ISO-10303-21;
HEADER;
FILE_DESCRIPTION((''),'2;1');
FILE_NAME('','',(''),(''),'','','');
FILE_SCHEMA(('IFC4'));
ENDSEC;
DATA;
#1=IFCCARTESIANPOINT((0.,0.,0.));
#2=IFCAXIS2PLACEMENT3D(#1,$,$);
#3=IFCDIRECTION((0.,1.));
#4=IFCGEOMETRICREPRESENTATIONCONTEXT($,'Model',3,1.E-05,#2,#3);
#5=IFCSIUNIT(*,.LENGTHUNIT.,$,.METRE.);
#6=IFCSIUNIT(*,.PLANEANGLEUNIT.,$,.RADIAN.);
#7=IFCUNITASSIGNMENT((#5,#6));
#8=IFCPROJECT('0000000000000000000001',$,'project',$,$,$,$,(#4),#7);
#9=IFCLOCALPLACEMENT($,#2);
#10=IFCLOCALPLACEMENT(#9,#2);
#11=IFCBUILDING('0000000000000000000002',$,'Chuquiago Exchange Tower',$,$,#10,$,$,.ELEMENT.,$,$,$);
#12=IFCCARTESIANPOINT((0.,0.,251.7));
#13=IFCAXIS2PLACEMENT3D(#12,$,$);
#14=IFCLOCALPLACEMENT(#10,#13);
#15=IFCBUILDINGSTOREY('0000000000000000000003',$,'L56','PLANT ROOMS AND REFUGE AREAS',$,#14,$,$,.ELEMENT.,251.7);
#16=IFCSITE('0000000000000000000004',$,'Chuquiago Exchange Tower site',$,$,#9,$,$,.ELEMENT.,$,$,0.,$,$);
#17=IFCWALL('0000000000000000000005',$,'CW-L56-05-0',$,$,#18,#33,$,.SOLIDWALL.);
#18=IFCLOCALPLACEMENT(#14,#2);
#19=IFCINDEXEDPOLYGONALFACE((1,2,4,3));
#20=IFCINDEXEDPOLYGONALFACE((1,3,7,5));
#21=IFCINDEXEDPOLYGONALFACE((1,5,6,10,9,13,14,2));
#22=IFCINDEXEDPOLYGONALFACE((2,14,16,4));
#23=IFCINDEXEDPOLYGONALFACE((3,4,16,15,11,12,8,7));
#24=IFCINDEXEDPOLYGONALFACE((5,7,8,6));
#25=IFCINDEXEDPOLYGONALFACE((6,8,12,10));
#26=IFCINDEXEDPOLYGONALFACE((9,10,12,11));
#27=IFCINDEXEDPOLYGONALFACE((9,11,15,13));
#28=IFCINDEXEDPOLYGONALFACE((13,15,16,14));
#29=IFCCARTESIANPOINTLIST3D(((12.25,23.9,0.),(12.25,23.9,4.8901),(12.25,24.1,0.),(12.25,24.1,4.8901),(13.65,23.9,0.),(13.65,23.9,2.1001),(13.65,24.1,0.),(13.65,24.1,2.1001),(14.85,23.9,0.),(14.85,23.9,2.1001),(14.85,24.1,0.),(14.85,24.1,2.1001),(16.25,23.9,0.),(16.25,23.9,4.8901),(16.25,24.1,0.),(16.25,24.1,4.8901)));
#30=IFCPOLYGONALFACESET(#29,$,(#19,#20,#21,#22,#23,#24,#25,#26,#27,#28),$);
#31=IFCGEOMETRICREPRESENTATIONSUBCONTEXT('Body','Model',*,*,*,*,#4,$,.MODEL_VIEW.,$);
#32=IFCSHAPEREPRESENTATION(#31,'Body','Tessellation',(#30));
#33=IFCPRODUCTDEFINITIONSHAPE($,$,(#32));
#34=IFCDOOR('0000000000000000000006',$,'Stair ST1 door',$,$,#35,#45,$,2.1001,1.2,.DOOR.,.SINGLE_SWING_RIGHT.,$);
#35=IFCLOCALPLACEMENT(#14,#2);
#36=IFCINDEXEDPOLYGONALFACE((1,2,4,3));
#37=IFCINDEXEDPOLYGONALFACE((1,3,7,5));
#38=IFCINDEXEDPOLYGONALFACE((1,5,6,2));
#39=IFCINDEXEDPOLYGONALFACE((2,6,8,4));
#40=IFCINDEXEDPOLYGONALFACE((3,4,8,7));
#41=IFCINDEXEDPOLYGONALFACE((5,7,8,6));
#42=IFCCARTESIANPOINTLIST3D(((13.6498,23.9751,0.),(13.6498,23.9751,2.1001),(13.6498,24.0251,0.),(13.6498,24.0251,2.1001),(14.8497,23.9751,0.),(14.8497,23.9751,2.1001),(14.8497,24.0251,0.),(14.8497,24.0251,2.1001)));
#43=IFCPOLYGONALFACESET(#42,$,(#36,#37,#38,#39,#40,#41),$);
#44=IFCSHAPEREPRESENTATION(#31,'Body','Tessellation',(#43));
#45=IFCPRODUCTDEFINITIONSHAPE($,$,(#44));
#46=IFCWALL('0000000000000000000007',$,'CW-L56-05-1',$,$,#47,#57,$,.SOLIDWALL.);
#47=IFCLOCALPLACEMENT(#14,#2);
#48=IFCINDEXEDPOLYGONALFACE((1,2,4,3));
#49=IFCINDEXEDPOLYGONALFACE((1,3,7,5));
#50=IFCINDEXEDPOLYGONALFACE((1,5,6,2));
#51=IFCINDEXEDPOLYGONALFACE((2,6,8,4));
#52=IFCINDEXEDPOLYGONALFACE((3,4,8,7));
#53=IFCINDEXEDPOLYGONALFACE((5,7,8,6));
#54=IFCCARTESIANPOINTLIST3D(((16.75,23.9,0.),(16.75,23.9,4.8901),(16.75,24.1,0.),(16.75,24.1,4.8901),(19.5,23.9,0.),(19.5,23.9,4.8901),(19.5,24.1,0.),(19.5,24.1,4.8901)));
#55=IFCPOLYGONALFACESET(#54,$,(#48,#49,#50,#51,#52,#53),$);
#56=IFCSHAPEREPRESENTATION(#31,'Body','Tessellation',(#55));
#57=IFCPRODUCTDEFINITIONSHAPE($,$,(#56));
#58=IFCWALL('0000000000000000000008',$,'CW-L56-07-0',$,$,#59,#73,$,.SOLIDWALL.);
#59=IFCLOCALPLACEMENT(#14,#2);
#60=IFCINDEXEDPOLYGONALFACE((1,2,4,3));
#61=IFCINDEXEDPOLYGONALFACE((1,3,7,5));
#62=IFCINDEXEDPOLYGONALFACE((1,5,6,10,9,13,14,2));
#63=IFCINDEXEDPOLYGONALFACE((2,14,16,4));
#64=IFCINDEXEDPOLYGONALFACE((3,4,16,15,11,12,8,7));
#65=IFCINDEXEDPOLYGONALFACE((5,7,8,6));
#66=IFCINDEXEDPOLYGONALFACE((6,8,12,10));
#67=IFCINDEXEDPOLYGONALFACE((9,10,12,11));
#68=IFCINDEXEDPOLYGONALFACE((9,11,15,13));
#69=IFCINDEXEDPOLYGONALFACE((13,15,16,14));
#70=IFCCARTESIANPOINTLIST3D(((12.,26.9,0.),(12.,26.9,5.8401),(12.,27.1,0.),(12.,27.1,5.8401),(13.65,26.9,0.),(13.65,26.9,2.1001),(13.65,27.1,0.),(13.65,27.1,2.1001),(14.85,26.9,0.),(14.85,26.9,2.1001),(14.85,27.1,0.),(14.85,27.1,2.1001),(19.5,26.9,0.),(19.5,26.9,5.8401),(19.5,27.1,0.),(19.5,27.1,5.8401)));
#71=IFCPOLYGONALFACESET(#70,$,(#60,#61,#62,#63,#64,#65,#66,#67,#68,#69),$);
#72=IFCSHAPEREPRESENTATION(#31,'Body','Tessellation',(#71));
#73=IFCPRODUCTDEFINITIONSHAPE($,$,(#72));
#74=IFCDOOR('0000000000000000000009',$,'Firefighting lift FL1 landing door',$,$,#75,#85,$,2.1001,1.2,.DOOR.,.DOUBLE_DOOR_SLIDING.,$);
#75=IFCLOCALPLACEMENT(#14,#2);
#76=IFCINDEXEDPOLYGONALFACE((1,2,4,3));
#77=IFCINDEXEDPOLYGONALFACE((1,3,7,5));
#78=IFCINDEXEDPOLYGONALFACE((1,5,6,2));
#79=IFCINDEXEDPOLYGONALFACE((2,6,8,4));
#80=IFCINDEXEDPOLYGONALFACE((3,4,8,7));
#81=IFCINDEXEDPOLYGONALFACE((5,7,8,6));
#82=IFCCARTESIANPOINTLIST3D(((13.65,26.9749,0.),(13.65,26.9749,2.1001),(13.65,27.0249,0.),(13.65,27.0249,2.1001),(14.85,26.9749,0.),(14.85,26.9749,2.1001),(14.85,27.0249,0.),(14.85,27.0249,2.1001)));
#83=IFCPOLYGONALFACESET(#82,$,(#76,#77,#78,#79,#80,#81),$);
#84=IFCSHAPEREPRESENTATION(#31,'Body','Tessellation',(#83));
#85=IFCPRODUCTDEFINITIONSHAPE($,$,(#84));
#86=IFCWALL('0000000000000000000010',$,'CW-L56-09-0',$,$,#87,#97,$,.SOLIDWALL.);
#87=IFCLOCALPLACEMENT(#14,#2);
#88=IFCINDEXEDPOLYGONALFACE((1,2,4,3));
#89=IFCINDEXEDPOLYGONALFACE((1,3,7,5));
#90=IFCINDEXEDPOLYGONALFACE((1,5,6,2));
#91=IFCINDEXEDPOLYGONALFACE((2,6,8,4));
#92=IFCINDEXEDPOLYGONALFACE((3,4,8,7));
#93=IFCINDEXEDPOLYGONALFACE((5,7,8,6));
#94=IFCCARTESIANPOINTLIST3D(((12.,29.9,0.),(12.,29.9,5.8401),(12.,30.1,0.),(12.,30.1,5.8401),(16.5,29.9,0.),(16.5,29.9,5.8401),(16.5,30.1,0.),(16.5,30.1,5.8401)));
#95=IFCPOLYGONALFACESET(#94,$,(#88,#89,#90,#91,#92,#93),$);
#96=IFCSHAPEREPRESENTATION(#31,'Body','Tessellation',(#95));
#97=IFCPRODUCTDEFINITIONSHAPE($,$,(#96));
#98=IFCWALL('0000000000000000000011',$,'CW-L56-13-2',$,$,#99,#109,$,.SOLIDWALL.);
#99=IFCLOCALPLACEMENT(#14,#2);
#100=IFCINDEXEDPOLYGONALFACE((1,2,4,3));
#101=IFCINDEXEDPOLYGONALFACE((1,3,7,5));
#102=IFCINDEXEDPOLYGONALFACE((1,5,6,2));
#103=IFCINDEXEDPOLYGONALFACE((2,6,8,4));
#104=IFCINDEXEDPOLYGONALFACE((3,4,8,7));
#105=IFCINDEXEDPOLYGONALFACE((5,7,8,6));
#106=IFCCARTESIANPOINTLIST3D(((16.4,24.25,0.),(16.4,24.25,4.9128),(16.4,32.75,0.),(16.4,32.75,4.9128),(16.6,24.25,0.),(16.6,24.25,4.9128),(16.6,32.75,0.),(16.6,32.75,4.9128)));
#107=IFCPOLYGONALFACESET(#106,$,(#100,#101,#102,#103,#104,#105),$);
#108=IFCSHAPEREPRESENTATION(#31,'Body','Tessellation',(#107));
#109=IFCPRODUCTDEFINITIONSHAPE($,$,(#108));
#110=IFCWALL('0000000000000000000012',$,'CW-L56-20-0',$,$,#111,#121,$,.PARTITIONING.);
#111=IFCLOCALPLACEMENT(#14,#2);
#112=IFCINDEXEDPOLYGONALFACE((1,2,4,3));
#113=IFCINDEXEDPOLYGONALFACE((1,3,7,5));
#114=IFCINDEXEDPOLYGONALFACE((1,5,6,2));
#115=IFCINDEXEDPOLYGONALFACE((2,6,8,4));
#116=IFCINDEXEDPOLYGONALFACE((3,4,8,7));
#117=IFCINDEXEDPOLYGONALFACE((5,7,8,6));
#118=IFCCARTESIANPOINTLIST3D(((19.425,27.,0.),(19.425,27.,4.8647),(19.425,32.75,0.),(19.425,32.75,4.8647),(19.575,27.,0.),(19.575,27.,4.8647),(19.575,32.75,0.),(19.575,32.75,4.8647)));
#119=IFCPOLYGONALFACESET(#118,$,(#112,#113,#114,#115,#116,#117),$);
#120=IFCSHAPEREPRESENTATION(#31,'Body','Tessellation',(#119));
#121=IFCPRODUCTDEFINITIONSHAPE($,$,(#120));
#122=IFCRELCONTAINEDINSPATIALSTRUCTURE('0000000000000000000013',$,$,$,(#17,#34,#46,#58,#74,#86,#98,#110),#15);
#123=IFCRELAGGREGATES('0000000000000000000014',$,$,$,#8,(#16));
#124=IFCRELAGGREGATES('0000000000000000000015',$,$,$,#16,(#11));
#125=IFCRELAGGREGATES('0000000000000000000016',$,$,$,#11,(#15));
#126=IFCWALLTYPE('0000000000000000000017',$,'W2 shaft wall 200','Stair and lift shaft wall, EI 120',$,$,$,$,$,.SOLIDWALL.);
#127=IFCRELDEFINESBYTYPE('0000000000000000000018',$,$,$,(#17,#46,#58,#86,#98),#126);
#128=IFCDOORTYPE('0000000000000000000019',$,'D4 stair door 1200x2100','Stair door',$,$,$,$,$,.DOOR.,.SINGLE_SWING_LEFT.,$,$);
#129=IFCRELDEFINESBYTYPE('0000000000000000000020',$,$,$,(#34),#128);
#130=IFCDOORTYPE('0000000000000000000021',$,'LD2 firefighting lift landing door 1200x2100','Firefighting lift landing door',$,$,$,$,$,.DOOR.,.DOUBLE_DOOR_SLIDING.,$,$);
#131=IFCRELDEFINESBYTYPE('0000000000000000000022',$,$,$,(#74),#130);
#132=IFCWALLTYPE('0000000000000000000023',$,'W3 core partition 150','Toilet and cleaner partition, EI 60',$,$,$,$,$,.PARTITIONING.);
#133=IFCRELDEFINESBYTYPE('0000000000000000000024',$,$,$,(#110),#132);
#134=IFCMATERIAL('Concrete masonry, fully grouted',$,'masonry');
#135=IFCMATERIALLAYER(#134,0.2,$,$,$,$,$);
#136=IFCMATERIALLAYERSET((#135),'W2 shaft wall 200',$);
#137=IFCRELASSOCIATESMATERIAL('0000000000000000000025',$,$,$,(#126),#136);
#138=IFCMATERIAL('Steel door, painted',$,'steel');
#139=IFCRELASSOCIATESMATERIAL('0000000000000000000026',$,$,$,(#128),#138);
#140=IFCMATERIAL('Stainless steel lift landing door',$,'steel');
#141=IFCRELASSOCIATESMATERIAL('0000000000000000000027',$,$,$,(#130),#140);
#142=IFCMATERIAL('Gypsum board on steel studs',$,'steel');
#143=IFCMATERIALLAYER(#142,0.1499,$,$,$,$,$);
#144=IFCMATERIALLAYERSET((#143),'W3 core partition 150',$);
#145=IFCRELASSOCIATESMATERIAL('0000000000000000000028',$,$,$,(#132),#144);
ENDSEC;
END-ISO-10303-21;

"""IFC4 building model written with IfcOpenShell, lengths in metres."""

from ifc_helpers import new_model, si_unit, direction, frame, frame_2d, origin, place, context, subcontext, project, spatial, rectangle, extrude, material, layer, layer_set, type_object, element, fill, save


model = new_model("IFC4")

# Units and contexts
model_context = context("Model", 3, precision=1e-05, world=origin(), true_north=direction((0.0, 1.0)))
body_context = subcontext(model_context, "Body", "Model", "MODEL_VIEW")
ifc_project = project(units=[si_unit("LENGTHUNIT", "METRE"), si_unit("PLANEANGLEUNIT", "RADIAN")], contexts=[model_context])

# Site, building, storey
site_placement = place(None, origin())
site = spatial("IfcSite", under=ifc_project, at=site_placement, Name="Chuquiago Exchange Tower site", CompositionType="ELEMENT", RefElevation=0.0)
building_placement = place(site_placement, origin())
building = spatial("IfcBuilding", under=site, at=building_placement, Name="Chuquiago Exchange Tower", CompositionType="ELEMENT")
storey_placement = place(building_placement, frame((0.0, 0.0, 251.7)))
storey = spatial("IfcBuildingStorey", under=building, at=storey_placement, Name="L56", Description="PLANT ROOMS AND REFUGE AREAS", CompositionType="ELEMENT", Elevation=251.7)

# Wall, opening, door
ifc_material_1 = material(Name="Concrete masonry, fully grouted", Category="masonry")
ifc_layer_1 = layer(ifc_material_1, 0.2)
ifc_layer_set_1 = layer_set([ifc_layer_1], Name="W2 shaft wall 200")
wall_type_1 = type_object("IfcWallType", Name="W2 shaft wall 200", Description="Stair and lift shaft wall, EI 120", PredefinedType="SOLIDWALL", material=ifc_layer_set_1)
wall_1_placement = place(storey_placement, frame((12.25, 24.0, 0.0), z_axis=(0.0, 0.0, 1.0), x_axis=(1.0, 0.0, 0.0)))
wall_1 = element("IfcWall", 1, at=wall_1_placement, inside=storey, type_object=wall_type_1, Name="CW-L56-05-0", PredefinedType="SOLIDWALL", context=body_context, shape_type="SweptSolid", body=[
    extrude(rectangle(XDim=4.0, YDim=0.2, at=frame_2d((2.0, 0.0))), origin(), (0.0, 0.0, 1.0), 4.8901),
])
opening_1_placement = place(wall_1_placement, frame((1.3999, 0.0, 0.0)))
opening_1 = element("IfcOpeningElement", 2, at=opening_1_placement, cuts=wall_1, PredefinedType="OPENING", context=body_context, shape_type="SweptSolid", body=[
    extrude(rectangle(XDim=1.2, YDim=2.1001, at=frame_2d((0.6001, 1.05))), frame((0.0, 0.1099, 0.0), z_axis=(0.0, -1.0, 0.0), x_axis=(1.0, 0.0, 0.0)), (0.0, 0.0, 1.0), 0.22),
])
ifc_material_2 = material(Name="Steel door, painted", Category="steel")
door_type_1 = type_object("IfcDoorType", Name="D4 stair door 1200x2100", Description="Stair door", OperationType="SINGLE_SWING_LEFT", PredefinedType="DOOR", material=ifc_material_2)
door_1_placement = place(opening_1_placement, frame((1.2, 0.0, 0.0), z_axis=(0.0, 0.0, 1.0), x_axis=(-1.0, 0.0, 0.0)))
door_1 = element("IfcDoor", 3, at=door_1_placement, inside=storey, type_object=door_type_1, Name="Stair ST1 door", OperationType="SINGLE_SWING_RIGHT", OverallHeight=2.1001, OverallWidth=1.2, PredefinedType="DOOR", context=body_context, shape_type="SweptSolid", body=[
    extrude(rectangle(XDim=1.2, YDim=2.1001, at=frame_2d((0.6001, 1.05))), frame((0.0, 0.0249, 0.0), z_axis=(0.0, -1.0, 0.0), x_axis=(1.0, 0.0, 0.0)), (0.0, 0.0, 1.0), 0.05),
])
fill(opening_1, door_1)

# Wall
wall_2_placement = place(storey_placement, frame((16.75, 24.0, 0.0), z_axis=(0.0, 0.0, 1.0), x_axis=(1.0, 0.0, 0.0)))
element("IfcWall", 4, at=wall_2_placement, inside=storey, type_object=wall_type_1, Name="CW-L56-05-1", PredefinedType="SOLIDWALL", context=body_context, shape_type="SweptSolid", body=[
    extrude(rectangle(XDim=2.75, YDim=0.2, at=frame_2d((1.375, 0.0))), origin(), (0.0, 0.0, 1.0), 4.8901),
])

# Wall, opening, door
wall_3_placement = place(storey_placement, frame((12.0, 27.0, 0.0), z_axis=(0.0, 0.0, 1.0), x_axis=(1.0, 0.0, 0.0)))
wall_3 = element("IfcWall", 5, at=wall_3_placement, inside=storey, type_object=wall_type_1, Name="CW-L56-07-0", PredefinedType="SOLIDWALL", context=body_context, shape_type="SweptSolid", body=[
    extrude(rectangle(XDim=7.5, YDim=0.2, at=frame_2d((3.75, 0.0))), origin(), (0.0, 0.0, 1.0), 5.8401),
])
opening_2_placement = place(wall_3_placement, frame((1.6499, 0.0, 0.0)))
opening_2 = element("IfcOpeningElement", 6, at=opening_2_placement, cuts=wall_3, PredefinedType="OPENING", context=body_context, shape_type="SweptSolid", body=[
    extrude(rectangle(XDim=1.2, YDim=2.1001, at=frame_2d((0.6001, 1.05))), frame((0.0, 0.1099, 0.0), z_axis=(0.0, -1.0, 0.0), x_axis=(1.0, 0.0, 0.0)), (0.0, 0.0, 1.0), 0.22),
])
ifc_material_3 = material(Name="Stainless steel lift landing door", Category="steel")
door_type_2 = type_object("IfcDoorType", Name="LD2 firefighting lift landing door 1200x2100", Description="Firefighting lift landing door", OperationType="DOUBLE_DOOR_SLIDING", PredefinedType="DOOR", material=ifc_material_3)
door_2_placement = place(opening_2_placement, origin())
door_2 = element("IfcDoor", 7, at=door_2_placement, inside=storey, type_object=door_type_2, Name="Firefighting lift FL1 landing door", OperationType="DOUBLE_DOOR_SLIDING", OverallHeight=2.1001, OverallWidth=1.2, PredefinedType="DOOR", context=body_context, shape_type="SweptSolid", body=[
    extrude(rectangle(XDim=1.2, YDim=2.1001, at=frame_2d((0.6001, 1.05))), frame((0.0, 0.0249, 0.0), z_axis=(0.0, -1.0, 0.0), x_axis=(1.0, 0.0, 0.0)), (0.0, 0.0, 1.0), 0.05),
])
fill(opening_2, door_2)

# Walls
wall_4_placement = place(storey_placement, frame((12.0, 30.0, 0.0), z_axis=(0.0, 0.0, 1.0), x_axis=(1.0, 0.0, 0.0)))
element("IfcWall", 8, at=wall_4_placement, inside=storey, type_object=wall_type_1, Name="CW-L56-09-0", PredefinedType="SOLIDWALL", context=body_context, shape_type="SweptSolid", body=[
    extrude(rectangle(XDim=4.5, YDim=0.2, at=frame_2d((2.25, 0.0))), origin(), (0.0, 0.0, 1.0), 5.8401),
])
wall_5_placement = place(storey_placement, frame((16.5, 24.25, 0.0), z_axis=(0.0, 0.0, 1.0), x_axis=(0.0, 1.0, 0.0)))
element("IfcWall", 9, at=wall_5_placement, inside=storey, type_object=wall_type_1, Name="CW-L56-13-2", PredefinedType="SOLIDWALL", context=body_context, shape_type="SweptSolid", body=[
    extrude(rectangle(XDim=8.5, YDim=0.2, at=frame_2d((4.25, 0.0))), origin(), (0.0, 0.0, 1.0), 4.9128),
])
ifc_material_4 = material(Name="Gypsum board on steel studs", Category="steel")
ifc_layer_2 = layer(ifc_material_4, 0.1499)
ifc_layer_set_2 = layer_set([ifc_layer_2], Name="W3 core partition 150")
wall_type_2 = type_object("IfcWallType", Name="W3 core partition 150", Description="Toilet and cleaner partition, EI 60", PredefinedType="PARTITIONING", material=ifc_layer_set_2)
wall_6_placement = place(storey_placement, frame((19.5, 27.0, 0.0), z_axis=(0.0, 0.0, 1.0), x_axis=(0.0, 1.0, 0.0)))
element("IfcWall", 10, at=wall_6_placement, inside=storey, type_object=wall_type_2, Name="CW-L56-20-0", PredefinedType="PARTITIONING", context=body_context, shape_type="SweptSolid", body=[
    extrude(rectangle(XDim=5.75, YDim=0.1499, at=frame_2d((2.875, 0.0))), origin(), (0.0, 0.0, 1.0), 4.8647),
])

save(model, "model.ifc")
